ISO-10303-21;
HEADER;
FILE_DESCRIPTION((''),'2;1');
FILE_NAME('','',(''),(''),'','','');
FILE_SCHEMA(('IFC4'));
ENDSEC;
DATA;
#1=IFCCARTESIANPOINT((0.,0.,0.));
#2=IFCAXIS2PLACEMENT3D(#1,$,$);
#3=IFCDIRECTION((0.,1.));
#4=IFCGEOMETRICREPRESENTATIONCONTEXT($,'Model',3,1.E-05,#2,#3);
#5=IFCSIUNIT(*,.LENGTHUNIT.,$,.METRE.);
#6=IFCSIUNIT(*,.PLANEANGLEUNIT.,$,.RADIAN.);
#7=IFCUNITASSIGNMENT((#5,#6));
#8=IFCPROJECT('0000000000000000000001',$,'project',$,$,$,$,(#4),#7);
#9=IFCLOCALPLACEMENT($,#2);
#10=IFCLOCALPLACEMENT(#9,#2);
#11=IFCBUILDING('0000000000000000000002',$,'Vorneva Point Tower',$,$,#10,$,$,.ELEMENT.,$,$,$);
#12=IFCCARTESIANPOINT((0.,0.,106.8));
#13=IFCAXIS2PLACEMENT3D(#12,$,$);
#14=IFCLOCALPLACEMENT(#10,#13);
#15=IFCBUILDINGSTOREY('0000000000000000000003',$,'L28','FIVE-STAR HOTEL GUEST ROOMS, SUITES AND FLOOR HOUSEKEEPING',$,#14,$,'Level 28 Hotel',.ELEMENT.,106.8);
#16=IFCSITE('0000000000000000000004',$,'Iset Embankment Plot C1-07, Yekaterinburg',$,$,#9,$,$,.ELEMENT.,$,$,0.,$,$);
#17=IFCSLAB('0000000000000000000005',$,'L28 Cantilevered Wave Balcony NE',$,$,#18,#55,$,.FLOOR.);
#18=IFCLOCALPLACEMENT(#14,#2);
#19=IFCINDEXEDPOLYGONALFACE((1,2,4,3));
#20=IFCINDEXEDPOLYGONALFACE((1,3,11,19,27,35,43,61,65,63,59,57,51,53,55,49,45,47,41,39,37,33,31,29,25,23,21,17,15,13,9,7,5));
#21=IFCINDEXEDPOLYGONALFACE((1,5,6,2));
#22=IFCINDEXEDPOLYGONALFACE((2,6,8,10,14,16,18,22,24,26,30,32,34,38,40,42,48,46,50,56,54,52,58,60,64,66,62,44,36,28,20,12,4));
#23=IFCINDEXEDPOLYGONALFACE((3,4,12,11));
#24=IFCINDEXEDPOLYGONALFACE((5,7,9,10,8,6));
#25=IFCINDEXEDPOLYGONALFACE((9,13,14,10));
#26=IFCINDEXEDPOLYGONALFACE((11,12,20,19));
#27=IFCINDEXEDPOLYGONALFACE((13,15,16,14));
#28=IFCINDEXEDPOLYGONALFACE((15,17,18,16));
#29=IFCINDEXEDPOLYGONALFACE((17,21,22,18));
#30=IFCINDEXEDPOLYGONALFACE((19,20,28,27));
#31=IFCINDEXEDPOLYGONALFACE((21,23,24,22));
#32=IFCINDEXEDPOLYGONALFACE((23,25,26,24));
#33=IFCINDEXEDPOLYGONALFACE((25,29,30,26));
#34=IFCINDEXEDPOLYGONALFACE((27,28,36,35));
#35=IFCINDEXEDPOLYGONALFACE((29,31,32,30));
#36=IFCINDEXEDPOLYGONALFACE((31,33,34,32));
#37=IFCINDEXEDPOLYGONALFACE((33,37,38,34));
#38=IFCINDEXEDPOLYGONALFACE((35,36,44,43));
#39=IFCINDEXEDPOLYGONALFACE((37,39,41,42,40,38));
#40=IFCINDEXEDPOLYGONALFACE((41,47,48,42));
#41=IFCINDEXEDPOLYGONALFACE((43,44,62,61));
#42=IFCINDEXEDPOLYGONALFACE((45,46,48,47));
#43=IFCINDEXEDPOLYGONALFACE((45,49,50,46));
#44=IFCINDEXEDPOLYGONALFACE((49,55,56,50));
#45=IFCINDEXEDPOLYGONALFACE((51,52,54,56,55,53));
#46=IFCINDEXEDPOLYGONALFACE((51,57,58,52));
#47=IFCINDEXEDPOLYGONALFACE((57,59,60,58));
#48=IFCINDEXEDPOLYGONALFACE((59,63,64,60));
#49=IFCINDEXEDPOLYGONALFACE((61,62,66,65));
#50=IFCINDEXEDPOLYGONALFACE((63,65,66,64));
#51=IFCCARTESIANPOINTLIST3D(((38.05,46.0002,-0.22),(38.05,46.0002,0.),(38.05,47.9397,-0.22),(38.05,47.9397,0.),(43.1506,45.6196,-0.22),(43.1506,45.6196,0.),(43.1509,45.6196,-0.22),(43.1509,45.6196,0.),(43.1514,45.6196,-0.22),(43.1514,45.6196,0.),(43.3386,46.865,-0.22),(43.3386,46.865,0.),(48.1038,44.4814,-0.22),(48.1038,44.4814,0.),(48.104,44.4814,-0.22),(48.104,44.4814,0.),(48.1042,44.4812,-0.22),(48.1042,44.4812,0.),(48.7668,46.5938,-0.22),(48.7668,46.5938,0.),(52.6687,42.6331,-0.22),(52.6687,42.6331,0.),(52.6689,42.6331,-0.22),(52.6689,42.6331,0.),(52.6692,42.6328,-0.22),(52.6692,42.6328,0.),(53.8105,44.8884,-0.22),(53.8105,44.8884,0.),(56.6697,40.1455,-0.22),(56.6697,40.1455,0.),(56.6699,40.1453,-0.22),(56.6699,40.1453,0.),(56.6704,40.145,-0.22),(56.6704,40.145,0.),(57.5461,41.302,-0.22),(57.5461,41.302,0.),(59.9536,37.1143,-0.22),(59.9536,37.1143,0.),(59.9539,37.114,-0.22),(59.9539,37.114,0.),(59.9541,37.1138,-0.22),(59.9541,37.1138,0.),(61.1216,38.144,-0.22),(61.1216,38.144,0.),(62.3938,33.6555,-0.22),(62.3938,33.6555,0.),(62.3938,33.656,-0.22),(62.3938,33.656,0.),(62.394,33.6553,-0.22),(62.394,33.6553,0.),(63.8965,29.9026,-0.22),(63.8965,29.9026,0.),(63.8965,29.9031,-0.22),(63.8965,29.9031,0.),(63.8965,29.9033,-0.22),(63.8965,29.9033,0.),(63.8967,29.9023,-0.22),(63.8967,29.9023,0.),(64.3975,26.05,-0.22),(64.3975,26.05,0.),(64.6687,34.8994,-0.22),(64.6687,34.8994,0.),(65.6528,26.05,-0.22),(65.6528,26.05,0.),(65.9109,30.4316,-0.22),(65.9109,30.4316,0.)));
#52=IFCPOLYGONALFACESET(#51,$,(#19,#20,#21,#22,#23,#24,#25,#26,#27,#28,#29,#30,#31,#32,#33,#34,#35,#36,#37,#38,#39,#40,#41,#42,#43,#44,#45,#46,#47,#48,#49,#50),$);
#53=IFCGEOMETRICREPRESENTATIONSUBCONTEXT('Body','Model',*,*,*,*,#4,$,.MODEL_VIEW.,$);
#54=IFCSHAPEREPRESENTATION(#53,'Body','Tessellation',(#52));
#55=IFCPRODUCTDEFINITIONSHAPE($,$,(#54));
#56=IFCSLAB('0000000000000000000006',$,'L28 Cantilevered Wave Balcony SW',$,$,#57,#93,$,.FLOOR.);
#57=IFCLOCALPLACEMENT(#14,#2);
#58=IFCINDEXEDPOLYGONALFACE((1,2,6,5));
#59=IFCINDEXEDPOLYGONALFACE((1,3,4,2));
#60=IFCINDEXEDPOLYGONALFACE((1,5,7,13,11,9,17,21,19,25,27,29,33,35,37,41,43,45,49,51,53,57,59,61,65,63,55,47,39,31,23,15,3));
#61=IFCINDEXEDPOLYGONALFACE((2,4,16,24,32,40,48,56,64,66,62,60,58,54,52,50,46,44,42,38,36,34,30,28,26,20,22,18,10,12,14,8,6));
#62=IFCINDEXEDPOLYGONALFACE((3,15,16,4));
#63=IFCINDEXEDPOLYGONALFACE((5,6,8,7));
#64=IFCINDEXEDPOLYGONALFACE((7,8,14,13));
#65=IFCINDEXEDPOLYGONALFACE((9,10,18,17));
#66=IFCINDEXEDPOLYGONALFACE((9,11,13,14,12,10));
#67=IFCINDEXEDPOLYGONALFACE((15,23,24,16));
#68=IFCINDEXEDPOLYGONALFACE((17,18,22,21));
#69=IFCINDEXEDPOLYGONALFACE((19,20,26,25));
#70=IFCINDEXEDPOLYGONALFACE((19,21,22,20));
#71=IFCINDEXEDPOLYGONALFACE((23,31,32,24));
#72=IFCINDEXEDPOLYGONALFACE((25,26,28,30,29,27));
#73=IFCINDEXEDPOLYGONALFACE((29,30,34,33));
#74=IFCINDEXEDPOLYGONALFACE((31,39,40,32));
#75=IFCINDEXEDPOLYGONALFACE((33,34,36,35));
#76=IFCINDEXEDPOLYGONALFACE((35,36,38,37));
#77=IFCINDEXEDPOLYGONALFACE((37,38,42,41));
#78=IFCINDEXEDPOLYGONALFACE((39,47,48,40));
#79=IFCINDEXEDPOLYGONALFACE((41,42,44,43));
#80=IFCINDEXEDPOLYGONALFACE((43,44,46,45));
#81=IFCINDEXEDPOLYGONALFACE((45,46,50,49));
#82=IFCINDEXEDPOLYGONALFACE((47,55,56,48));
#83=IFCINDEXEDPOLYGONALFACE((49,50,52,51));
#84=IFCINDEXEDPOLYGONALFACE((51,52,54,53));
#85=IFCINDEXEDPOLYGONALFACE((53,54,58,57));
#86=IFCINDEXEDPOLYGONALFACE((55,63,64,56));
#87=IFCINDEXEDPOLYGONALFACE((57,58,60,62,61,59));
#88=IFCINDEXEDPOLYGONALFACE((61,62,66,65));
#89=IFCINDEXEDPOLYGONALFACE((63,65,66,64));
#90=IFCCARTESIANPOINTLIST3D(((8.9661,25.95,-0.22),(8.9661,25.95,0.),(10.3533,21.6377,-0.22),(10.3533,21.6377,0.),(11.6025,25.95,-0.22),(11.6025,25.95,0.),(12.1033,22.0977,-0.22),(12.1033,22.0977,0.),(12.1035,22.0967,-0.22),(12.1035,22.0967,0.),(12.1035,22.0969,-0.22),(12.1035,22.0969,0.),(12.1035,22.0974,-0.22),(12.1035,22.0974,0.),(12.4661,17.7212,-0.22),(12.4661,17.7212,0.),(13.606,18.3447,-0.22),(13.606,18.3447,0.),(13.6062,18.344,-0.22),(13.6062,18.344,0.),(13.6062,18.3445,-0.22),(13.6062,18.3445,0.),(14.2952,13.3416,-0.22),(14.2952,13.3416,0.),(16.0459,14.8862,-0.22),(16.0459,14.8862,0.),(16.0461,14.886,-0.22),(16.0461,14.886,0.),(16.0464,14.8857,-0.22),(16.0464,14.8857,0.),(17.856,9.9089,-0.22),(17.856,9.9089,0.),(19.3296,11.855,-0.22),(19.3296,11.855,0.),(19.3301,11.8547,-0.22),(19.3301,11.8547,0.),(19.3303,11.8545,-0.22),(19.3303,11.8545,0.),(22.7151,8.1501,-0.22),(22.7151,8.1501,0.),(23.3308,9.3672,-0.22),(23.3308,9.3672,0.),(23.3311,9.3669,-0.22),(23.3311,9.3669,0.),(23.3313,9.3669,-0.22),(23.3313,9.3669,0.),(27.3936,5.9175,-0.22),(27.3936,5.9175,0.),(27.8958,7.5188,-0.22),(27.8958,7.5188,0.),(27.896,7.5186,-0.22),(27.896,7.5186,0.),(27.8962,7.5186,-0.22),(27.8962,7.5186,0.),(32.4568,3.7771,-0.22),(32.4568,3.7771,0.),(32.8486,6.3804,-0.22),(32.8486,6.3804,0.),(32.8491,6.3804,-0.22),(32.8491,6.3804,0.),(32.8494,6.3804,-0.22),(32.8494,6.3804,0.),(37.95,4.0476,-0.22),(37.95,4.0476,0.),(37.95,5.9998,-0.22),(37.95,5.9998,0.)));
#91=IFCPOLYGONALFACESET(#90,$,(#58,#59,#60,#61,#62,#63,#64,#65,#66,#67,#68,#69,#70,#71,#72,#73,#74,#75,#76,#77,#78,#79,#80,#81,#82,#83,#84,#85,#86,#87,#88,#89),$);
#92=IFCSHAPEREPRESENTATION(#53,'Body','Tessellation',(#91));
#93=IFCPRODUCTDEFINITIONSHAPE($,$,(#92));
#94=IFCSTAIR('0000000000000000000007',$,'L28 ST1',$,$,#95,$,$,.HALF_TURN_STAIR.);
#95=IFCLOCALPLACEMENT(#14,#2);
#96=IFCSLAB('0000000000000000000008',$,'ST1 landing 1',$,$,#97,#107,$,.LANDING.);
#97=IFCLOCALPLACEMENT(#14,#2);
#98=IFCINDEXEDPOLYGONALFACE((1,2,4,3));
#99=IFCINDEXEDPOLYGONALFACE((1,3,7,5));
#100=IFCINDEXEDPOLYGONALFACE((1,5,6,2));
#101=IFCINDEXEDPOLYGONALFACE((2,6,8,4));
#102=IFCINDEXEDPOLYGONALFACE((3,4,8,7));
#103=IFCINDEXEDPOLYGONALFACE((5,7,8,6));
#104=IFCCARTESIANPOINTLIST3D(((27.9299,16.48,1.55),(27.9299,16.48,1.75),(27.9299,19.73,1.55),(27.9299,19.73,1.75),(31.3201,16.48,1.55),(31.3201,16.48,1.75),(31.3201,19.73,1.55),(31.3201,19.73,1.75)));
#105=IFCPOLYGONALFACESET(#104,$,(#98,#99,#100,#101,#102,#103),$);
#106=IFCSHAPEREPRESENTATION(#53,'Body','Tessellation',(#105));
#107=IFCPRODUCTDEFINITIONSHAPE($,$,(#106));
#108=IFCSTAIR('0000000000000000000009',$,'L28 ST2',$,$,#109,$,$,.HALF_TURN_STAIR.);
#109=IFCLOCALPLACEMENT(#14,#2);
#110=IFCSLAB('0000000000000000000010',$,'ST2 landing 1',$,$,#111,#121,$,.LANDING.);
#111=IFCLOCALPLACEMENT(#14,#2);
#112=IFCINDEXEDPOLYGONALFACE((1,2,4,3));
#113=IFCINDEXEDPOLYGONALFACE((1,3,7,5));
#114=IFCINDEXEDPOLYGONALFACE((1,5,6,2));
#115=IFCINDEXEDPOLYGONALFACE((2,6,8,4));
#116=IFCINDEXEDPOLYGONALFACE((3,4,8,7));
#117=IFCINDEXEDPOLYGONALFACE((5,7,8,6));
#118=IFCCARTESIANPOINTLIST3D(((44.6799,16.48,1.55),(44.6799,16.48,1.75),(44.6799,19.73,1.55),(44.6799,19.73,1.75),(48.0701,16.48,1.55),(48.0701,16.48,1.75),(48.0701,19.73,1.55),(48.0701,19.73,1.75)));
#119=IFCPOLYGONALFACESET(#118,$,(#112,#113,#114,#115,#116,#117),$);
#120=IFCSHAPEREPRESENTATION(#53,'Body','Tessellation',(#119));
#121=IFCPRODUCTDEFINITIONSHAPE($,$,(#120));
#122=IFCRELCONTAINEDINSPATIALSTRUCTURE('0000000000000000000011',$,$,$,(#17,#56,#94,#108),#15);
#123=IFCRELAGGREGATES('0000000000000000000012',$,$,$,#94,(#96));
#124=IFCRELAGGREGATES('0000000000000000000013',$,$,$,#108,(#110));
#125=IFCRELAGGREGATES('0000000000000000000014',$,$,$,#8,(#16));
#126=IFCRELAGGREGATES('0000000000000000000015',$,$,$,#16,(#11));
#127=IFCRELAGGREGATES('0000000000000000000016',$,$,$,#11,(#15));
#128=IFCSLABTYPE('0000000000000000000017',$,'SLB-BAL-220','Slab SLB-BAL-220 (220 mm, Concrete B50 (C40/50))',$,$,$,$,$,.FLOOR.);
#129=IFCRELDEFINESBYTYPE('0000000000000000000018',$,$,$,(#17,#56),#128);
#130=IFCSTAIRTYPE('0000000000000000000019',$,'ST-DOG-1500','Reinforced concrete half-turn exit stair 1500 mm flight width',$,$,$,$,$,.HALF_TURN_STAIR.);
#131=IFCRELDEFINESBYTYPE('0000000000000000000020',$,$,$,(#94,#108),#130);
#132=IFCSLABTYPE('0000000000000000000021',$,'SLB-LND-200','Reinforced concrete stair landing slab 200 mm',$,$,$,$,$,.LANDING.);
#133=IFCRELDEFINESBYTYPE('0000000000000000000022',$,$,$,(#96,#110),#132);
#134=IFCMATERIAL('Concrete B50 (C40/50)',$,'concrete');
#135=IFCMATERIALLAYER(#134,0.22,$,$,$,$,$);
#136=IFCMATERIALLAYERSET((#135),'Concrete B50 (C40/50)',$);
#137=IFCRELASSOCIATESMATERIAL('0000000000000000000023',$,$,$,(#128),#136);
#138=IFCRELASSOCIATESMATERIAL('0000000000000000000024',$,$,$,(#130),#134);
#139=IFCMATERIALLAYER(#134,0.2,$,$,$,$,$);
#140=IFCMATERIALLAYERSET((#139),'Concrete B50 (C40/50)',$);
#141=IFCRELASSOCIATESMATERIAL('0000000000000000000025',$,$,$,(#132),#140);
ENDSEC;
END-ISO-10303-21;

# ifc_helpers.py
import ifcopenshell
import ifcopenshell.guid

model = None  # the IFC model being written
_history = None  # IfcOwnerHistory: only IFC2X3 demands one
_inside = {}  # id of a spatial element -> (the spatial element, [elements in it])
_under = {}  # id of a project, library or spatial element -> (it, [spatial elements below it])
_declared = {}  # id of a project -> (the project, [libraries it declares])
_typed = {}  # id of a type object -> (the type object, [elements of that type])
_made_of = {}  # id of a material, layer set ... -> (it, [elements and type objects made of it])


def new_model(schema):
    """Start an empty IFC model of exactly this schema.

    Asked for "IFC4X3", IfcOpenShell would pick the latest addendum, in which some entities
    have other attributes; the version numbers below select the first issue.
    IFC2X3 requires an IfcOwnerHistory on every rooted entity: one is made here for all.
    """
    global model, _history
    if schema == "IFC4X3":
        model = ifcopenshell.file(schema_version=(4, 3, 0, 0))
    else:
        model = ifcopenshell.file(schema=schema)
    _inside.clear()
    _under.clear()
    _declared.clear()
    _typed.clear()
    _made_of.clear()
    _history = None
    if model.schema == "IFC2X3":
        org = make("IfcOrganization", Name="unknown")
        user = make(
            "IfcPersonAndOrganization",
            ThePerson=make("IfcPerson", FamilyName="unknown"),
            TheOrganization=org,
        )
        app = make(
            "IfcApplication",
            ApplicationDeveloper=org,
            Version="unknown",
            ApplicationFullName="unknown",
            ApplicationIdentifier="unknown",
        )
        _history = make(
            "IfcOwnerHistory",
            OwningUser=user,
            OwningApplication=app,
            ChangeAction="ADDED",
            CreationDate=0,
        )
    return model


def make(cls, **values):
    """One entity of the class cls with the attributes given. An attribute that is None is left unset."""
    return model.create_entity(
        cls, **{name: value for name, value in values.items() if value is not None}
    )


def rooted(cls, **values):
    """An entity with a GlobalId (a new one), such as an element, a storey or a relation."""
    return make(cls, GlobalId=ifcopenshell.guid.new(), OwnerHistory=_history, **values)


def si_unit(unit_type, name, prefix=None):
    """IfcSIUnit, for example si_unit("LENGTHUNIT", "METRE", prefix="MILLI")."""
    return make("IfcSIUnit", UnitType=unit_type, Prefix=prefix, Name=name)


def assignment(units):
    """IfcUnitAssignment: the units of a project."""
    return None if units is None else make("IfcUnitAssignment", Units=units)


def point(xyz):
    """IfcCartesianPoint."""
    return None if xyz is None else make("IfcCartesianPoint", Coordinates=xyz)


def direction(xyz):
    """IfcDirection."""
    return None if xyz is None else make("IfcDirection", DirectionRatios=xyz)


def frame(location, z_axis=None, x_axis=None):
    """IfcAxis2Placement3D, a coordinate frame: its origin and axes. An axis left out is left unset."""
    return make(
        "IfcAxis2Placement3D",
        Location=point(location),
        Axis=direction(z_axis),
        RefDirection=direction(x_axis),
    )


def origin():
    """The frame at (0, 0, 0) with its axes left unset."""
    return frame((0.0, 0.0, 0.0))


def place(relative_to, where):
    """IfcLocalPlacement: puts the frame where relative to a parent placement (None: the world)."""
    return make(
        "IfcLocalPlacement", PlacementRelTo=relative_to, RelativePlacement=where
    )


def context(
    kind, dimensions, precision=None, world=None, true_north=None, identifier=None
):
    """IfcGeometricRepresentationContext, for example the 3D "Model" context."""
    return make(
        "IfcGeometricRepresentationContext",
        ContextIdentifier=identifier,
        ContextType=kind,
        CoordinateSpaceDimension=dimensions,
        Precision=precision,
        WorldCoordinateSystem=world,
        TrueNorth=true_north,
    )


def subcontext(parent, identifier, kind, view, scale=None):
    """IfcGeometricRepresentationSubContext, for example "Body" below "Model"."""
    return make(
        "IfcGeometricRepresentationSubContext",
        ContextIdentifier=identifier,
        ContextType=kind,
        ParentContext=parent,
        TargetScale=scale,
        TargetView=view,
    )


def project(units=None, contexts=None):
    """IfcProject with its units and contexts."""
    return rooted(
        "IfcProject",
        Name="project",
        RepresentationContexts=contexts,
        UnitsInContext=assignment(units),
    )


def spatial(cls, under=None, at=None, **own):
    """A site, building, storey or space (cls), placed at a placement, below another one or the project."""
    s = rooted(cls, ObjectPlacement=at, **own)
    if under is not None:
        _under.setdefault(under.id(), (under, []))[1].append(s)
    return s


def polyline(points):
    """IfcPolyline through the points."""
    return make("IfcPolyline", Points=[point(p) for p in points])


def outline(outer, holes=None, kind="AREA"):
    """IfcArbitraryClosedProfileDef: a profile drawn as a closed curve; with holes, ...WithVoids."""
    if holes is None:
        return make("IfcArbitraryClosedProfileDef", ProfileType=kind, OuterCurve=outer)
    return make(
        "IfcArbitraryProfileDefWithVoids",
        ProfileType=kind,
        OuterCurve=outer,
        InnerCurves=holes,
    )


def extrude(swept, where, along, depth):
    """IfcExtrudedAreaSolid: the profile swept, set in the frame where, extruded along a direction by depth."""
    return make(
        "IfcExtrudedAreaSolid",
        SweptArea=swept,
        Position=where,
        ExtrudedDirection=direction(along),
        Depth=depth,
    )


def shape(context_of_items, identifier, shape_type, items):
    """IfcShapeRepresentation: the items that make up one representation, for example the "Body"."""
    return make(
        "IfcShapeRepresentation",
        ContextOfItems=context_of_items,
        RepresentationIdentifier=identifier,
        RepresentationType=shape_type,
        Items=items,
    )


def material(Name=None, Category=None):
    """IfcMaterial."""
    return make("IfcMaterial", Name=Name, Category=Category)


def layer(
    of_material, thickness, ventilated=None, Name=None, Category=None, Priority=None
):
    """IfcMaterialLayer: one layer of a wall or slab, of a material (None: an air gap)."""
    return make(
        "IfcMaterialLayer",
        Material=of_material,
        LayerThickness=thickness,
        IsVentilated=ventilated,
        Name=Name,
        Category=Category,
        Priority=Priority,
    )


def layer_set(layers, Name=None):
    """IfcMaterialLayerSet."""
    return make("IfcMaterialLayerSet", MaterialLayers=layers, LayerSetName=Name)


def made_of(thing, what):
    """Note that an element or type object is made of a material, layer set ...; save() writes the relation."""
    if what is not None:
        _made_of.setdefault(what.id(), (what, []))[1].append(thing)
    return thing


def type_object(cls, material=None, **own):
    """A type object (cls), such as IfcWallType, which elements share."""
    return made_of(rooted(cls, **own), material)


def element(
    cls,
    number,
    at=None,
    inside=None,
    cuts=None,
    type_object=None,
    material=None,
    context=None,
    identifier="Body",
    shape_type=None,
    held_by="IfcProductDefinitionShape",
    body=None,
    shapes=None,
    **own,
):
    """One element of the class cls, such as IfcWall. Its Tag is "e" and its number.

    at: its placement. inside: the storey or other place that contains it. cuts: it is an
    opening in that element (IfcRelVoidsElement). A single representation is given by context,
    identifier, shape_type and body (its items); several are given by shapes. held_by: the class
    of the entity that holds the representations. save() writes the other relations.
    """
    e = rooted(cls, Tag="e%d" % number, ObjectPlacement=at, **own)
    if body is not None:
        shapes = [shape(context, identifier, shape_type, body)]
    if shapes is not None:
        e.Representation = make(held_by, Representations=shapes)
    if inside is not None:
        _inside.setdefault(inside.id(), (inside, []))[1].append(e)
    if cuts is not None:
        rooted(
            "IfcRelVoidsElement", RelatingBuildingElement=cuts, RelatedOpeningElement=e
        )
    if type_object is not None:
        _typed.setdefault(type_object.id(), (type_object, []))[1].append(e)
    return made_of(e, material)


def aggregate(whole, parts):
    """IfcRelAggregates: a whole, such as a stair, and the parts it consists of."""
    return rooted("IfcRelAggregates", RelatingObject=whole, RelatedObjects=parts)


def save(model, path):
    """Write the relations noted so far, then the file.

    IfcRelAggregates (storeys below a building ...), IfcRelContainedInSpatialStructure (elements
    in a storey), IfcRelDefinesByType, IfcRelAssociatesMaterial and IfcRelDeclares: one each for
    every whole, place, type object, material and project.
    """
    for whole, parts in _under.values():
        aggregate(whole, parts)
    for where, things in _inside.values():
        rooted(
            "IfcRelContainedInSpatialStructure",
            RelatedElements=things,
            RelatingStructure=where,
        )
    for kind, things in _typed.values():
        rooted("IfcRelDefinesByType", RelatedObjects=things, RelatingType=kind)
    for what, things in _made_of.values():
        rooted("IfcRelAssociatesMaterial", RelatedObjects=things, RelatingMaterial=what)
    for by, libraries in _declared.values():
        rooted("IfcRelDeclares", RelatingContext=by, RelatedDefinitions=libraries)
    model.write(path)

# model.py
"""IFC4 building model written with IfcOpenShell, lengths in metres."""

from ifc_helpers import new_model, si_unit, direction, frame, origin, place, context, subcontext, project, spatial, polyline, outline, extrude, material, layer, layer_set, type_object, element, aggregate, save


model = new_model("IFC4")

# Units and contexts
model_context = context("Model", 3, precision=1e-05, world=origin(), true_north=direction((0.0, 1.0)))
body_context = subcontext(model_context, "Body", "Model", "MODEL_VIEW")
ifc_project = project(units=[si_unit("LENGTHUNIT", "METRE"), si_unit("PLANEANGLEUNIT", "RADIAN")], contexts=[model_context])

# Site, building, storey
site_placement = place(None, origin())
site = spatial("IfcSite", under=ifc_project, at=site_placement, Name="Iset Embankment Plot C1-07, Yekaterinburg", CompositionType="ELEMENT", RefElevation=0.0)
building_placement = place(site_placement, origin())
building = spatial("IfcBuilding", under=site, at=building_placement, Name="Vorneva Point Tower", CompositionType="ELEMENT")
storey_placement = place(building_placement, frame((0.0, 0.0, 106.8)))
storey = spatial("IfcBuildingStorey", under=building, at=storey_placement, Name="L28", Description="FIVE-STAR HOTEL GUEST ROOMS, SUITES AND FLOOR HOUSEKEEPING", LongName="Level 28 Hotel", CompositionType="ELEMENT", Elevation=106.8)

# Slabs
ifc_material_1 = material(Name="Concrete B50 (C40/50)", Category="concrete")
ifc_layer_1 = layer(ifc_material_1, 0.22)
ifc_layer_set_1 = layer_set([ifc_layer_1], Name="Concrete B50 (C40/50)")
slab_type_1 = type_object("IfcSlabType", Name="SLB-BAL-220", Description="Slab SLB-BAL-220 (220 mm, Concrete B50 (C40/50))", PredefinedType="FLOOR", material=ifc_layer_set_1)
slab_1_placement = place(storey_placement, frame((0.0, 0.0, -0.22)))
element("IfcSlab", 1, at=slab_1_placement, inside=storey, type_object=slab_type_1, Name="L28 Cantilevered Wave Balcony NE", PredefinedType="FLOOR", context=body_context, shape_type="SweptSolid", body=[
    extrude(outline(polyline([(38.05, 47.9397), (38.05, 46.0002), (43.1506, 45.6196), (43.1509, 45.6196), (43.1514, 45.6196), (48.1038, 44.4814), (48.104, 44.4814), (48.1042, 44.4812), (52.6687, 42.6331), (52.6689, 42.6331), (52.6692, 42.6328), (56.6697, 40.1455), (56.6699, 40.1453), (56.6704, 40.145), (59.9536, 37.1143), (59.9539, 37.114), (59.9541, 37.1138), (62.3938, 33.656), (62.3938, 33.6555), (62.394, 33.6553), (63.8965, 29.9033), (63.8965, 29.9031), (63.8965, 29.9026), (63.8967, 29.9023), (64.3975, 26.05), (65.6528, 26.05), (65.9109, 30.4316), (64.6687, 34.8994), (61.1216, 38.144), (57.5461, 41.302), (53.8105, 44.8884), (48.7668, 46.5938), (43.3386, 46.865), (38.05, 47.9397)])), origin(), (0.0, 0.0, 1.0), 0.22),
])
slab_2_placement = place(storey_placement, frame((0.0, 0.0, -0.22)))
element("IfcSlab", 2, at=slab_2_placement, inside=storey, type_object=slab_type_1, Name="L28 Cantilevered Wave Balcony SW", PredefinedType="FLOOR", context=body_context, shape_type="SweptSolid", body=[
    extrude(outline(polyline([(37.95, 4.0476), (37.95, 5.9998), (32.8494, 6.3804), (32.8491, 6.3804), (32.8486, 6.3804), (27.8962, 7.5186), (27.896, 7.5186), (27.8958, 7.5188), (23.3313, 9.3669), (23.3311, 9.3669), (23.3308, 9.3672), (19.3303, 11.8545), (19.3301, 11.8547), (19.3296, 11.855), (16.0464, 14.8857), (16.0461, 14.886), (16.0459, 14.8862), (13.6062, 18.344), (13.6062, 18.3445), (13.606, 18.3447), (12.1035, 22.0967), (12.1035, 22.0969), (12.1035, 22.0974), (12.1033, 22.0977), (11.6025, 25.95), (8.9661, 25.95), (10.3533, 21.6377), (12.4661, 17.7212), (14.2952, 13.3416), (17.856, 9.9089), (22.7151, 8.1501), (27.3936, 5.9175), (32.4568, 3.7771), (37.95, 4.0476)])), origin(), (0.0, 0.0, 1.0), 0.22),
])

# Stairs, slabs
stair_type = type_object("IfcStairType", Name="ST-DOG-1500", Description="Reinforced concrete half-turn exit stair 1500 mm flight width", PredefinedType="HALF_TURN_STAIR", material=ifc_material_1)
stair_1_placement = place(storey_placement, origin())
stair_1 = element("IfcStair", 3, at=stair_1_placement, inside=storey, type_object=stair_type, Name="L28 ST1", PredefinedType="HALF_TURN_STAIR")
ifc_layer_2 = layer(ifc_material_1, 0.2)
ifc_layer_set_2 = layer_set([ifc_layer_2], Name="Concrete B50 (C40/50)")
slab_type_2 = type_object("IfcSlabType", Name="SLB-LND-200", Description="Reinforced concrete stair landing slab 200 mm", PredefinedType="LANDING", material=ifc_layer_set_2)
slab_3_placement = place(storey_placement, frame((0.0, 0.0, 1.55)))
slab_3 = element("IfcSlab", 4, at=slab_3_placement, type_object=slab_type_2, Name="ST1 landing 1", PredefinedType="LANDING", context=body_context, shape_type="SweptSolid", body=[
    extrude(outline(polyline([(27.9299, 16.48), (31.3201, 16.48), (31.3201, 19.73), (27.9299, 19.73), (27.9299, 16.48)])), origin(), (0.0, 0.0, 1.0), 0.2),
])
aggregate(stair_1, [slab_3])
stair_2_placement = place(storey_placement, origin())
stair_2 = element("IfcStair", 5, at=stair_2_placement, inside=storey, type_object=stair_type, Name="L28 ST2", PredefinedType="HALF_TURN_STAIR")
slab_4_placement = place(storey_placement, frame((0.0, 0.0, 1.55)))
slab_4 = element("IfcSlab", 6, at=slab_4_placement, type_object=slab_type_2, Name="ST2 landing 1", PredefinedType="LANDING", context=body_context, shape_type="SweptSolid", body=[
    extrude(outline(polyline([(44.6799, 16.48), (48.0701, 16.48), (48.0701, 19.73), (44.6799, 19.73), (44.6799, 16.48)])), origin(), (0.0, 0.0, 1.0), 0.2),
])
aggregate(stair_2, [slab_4])

save(model, "model.ifc")
